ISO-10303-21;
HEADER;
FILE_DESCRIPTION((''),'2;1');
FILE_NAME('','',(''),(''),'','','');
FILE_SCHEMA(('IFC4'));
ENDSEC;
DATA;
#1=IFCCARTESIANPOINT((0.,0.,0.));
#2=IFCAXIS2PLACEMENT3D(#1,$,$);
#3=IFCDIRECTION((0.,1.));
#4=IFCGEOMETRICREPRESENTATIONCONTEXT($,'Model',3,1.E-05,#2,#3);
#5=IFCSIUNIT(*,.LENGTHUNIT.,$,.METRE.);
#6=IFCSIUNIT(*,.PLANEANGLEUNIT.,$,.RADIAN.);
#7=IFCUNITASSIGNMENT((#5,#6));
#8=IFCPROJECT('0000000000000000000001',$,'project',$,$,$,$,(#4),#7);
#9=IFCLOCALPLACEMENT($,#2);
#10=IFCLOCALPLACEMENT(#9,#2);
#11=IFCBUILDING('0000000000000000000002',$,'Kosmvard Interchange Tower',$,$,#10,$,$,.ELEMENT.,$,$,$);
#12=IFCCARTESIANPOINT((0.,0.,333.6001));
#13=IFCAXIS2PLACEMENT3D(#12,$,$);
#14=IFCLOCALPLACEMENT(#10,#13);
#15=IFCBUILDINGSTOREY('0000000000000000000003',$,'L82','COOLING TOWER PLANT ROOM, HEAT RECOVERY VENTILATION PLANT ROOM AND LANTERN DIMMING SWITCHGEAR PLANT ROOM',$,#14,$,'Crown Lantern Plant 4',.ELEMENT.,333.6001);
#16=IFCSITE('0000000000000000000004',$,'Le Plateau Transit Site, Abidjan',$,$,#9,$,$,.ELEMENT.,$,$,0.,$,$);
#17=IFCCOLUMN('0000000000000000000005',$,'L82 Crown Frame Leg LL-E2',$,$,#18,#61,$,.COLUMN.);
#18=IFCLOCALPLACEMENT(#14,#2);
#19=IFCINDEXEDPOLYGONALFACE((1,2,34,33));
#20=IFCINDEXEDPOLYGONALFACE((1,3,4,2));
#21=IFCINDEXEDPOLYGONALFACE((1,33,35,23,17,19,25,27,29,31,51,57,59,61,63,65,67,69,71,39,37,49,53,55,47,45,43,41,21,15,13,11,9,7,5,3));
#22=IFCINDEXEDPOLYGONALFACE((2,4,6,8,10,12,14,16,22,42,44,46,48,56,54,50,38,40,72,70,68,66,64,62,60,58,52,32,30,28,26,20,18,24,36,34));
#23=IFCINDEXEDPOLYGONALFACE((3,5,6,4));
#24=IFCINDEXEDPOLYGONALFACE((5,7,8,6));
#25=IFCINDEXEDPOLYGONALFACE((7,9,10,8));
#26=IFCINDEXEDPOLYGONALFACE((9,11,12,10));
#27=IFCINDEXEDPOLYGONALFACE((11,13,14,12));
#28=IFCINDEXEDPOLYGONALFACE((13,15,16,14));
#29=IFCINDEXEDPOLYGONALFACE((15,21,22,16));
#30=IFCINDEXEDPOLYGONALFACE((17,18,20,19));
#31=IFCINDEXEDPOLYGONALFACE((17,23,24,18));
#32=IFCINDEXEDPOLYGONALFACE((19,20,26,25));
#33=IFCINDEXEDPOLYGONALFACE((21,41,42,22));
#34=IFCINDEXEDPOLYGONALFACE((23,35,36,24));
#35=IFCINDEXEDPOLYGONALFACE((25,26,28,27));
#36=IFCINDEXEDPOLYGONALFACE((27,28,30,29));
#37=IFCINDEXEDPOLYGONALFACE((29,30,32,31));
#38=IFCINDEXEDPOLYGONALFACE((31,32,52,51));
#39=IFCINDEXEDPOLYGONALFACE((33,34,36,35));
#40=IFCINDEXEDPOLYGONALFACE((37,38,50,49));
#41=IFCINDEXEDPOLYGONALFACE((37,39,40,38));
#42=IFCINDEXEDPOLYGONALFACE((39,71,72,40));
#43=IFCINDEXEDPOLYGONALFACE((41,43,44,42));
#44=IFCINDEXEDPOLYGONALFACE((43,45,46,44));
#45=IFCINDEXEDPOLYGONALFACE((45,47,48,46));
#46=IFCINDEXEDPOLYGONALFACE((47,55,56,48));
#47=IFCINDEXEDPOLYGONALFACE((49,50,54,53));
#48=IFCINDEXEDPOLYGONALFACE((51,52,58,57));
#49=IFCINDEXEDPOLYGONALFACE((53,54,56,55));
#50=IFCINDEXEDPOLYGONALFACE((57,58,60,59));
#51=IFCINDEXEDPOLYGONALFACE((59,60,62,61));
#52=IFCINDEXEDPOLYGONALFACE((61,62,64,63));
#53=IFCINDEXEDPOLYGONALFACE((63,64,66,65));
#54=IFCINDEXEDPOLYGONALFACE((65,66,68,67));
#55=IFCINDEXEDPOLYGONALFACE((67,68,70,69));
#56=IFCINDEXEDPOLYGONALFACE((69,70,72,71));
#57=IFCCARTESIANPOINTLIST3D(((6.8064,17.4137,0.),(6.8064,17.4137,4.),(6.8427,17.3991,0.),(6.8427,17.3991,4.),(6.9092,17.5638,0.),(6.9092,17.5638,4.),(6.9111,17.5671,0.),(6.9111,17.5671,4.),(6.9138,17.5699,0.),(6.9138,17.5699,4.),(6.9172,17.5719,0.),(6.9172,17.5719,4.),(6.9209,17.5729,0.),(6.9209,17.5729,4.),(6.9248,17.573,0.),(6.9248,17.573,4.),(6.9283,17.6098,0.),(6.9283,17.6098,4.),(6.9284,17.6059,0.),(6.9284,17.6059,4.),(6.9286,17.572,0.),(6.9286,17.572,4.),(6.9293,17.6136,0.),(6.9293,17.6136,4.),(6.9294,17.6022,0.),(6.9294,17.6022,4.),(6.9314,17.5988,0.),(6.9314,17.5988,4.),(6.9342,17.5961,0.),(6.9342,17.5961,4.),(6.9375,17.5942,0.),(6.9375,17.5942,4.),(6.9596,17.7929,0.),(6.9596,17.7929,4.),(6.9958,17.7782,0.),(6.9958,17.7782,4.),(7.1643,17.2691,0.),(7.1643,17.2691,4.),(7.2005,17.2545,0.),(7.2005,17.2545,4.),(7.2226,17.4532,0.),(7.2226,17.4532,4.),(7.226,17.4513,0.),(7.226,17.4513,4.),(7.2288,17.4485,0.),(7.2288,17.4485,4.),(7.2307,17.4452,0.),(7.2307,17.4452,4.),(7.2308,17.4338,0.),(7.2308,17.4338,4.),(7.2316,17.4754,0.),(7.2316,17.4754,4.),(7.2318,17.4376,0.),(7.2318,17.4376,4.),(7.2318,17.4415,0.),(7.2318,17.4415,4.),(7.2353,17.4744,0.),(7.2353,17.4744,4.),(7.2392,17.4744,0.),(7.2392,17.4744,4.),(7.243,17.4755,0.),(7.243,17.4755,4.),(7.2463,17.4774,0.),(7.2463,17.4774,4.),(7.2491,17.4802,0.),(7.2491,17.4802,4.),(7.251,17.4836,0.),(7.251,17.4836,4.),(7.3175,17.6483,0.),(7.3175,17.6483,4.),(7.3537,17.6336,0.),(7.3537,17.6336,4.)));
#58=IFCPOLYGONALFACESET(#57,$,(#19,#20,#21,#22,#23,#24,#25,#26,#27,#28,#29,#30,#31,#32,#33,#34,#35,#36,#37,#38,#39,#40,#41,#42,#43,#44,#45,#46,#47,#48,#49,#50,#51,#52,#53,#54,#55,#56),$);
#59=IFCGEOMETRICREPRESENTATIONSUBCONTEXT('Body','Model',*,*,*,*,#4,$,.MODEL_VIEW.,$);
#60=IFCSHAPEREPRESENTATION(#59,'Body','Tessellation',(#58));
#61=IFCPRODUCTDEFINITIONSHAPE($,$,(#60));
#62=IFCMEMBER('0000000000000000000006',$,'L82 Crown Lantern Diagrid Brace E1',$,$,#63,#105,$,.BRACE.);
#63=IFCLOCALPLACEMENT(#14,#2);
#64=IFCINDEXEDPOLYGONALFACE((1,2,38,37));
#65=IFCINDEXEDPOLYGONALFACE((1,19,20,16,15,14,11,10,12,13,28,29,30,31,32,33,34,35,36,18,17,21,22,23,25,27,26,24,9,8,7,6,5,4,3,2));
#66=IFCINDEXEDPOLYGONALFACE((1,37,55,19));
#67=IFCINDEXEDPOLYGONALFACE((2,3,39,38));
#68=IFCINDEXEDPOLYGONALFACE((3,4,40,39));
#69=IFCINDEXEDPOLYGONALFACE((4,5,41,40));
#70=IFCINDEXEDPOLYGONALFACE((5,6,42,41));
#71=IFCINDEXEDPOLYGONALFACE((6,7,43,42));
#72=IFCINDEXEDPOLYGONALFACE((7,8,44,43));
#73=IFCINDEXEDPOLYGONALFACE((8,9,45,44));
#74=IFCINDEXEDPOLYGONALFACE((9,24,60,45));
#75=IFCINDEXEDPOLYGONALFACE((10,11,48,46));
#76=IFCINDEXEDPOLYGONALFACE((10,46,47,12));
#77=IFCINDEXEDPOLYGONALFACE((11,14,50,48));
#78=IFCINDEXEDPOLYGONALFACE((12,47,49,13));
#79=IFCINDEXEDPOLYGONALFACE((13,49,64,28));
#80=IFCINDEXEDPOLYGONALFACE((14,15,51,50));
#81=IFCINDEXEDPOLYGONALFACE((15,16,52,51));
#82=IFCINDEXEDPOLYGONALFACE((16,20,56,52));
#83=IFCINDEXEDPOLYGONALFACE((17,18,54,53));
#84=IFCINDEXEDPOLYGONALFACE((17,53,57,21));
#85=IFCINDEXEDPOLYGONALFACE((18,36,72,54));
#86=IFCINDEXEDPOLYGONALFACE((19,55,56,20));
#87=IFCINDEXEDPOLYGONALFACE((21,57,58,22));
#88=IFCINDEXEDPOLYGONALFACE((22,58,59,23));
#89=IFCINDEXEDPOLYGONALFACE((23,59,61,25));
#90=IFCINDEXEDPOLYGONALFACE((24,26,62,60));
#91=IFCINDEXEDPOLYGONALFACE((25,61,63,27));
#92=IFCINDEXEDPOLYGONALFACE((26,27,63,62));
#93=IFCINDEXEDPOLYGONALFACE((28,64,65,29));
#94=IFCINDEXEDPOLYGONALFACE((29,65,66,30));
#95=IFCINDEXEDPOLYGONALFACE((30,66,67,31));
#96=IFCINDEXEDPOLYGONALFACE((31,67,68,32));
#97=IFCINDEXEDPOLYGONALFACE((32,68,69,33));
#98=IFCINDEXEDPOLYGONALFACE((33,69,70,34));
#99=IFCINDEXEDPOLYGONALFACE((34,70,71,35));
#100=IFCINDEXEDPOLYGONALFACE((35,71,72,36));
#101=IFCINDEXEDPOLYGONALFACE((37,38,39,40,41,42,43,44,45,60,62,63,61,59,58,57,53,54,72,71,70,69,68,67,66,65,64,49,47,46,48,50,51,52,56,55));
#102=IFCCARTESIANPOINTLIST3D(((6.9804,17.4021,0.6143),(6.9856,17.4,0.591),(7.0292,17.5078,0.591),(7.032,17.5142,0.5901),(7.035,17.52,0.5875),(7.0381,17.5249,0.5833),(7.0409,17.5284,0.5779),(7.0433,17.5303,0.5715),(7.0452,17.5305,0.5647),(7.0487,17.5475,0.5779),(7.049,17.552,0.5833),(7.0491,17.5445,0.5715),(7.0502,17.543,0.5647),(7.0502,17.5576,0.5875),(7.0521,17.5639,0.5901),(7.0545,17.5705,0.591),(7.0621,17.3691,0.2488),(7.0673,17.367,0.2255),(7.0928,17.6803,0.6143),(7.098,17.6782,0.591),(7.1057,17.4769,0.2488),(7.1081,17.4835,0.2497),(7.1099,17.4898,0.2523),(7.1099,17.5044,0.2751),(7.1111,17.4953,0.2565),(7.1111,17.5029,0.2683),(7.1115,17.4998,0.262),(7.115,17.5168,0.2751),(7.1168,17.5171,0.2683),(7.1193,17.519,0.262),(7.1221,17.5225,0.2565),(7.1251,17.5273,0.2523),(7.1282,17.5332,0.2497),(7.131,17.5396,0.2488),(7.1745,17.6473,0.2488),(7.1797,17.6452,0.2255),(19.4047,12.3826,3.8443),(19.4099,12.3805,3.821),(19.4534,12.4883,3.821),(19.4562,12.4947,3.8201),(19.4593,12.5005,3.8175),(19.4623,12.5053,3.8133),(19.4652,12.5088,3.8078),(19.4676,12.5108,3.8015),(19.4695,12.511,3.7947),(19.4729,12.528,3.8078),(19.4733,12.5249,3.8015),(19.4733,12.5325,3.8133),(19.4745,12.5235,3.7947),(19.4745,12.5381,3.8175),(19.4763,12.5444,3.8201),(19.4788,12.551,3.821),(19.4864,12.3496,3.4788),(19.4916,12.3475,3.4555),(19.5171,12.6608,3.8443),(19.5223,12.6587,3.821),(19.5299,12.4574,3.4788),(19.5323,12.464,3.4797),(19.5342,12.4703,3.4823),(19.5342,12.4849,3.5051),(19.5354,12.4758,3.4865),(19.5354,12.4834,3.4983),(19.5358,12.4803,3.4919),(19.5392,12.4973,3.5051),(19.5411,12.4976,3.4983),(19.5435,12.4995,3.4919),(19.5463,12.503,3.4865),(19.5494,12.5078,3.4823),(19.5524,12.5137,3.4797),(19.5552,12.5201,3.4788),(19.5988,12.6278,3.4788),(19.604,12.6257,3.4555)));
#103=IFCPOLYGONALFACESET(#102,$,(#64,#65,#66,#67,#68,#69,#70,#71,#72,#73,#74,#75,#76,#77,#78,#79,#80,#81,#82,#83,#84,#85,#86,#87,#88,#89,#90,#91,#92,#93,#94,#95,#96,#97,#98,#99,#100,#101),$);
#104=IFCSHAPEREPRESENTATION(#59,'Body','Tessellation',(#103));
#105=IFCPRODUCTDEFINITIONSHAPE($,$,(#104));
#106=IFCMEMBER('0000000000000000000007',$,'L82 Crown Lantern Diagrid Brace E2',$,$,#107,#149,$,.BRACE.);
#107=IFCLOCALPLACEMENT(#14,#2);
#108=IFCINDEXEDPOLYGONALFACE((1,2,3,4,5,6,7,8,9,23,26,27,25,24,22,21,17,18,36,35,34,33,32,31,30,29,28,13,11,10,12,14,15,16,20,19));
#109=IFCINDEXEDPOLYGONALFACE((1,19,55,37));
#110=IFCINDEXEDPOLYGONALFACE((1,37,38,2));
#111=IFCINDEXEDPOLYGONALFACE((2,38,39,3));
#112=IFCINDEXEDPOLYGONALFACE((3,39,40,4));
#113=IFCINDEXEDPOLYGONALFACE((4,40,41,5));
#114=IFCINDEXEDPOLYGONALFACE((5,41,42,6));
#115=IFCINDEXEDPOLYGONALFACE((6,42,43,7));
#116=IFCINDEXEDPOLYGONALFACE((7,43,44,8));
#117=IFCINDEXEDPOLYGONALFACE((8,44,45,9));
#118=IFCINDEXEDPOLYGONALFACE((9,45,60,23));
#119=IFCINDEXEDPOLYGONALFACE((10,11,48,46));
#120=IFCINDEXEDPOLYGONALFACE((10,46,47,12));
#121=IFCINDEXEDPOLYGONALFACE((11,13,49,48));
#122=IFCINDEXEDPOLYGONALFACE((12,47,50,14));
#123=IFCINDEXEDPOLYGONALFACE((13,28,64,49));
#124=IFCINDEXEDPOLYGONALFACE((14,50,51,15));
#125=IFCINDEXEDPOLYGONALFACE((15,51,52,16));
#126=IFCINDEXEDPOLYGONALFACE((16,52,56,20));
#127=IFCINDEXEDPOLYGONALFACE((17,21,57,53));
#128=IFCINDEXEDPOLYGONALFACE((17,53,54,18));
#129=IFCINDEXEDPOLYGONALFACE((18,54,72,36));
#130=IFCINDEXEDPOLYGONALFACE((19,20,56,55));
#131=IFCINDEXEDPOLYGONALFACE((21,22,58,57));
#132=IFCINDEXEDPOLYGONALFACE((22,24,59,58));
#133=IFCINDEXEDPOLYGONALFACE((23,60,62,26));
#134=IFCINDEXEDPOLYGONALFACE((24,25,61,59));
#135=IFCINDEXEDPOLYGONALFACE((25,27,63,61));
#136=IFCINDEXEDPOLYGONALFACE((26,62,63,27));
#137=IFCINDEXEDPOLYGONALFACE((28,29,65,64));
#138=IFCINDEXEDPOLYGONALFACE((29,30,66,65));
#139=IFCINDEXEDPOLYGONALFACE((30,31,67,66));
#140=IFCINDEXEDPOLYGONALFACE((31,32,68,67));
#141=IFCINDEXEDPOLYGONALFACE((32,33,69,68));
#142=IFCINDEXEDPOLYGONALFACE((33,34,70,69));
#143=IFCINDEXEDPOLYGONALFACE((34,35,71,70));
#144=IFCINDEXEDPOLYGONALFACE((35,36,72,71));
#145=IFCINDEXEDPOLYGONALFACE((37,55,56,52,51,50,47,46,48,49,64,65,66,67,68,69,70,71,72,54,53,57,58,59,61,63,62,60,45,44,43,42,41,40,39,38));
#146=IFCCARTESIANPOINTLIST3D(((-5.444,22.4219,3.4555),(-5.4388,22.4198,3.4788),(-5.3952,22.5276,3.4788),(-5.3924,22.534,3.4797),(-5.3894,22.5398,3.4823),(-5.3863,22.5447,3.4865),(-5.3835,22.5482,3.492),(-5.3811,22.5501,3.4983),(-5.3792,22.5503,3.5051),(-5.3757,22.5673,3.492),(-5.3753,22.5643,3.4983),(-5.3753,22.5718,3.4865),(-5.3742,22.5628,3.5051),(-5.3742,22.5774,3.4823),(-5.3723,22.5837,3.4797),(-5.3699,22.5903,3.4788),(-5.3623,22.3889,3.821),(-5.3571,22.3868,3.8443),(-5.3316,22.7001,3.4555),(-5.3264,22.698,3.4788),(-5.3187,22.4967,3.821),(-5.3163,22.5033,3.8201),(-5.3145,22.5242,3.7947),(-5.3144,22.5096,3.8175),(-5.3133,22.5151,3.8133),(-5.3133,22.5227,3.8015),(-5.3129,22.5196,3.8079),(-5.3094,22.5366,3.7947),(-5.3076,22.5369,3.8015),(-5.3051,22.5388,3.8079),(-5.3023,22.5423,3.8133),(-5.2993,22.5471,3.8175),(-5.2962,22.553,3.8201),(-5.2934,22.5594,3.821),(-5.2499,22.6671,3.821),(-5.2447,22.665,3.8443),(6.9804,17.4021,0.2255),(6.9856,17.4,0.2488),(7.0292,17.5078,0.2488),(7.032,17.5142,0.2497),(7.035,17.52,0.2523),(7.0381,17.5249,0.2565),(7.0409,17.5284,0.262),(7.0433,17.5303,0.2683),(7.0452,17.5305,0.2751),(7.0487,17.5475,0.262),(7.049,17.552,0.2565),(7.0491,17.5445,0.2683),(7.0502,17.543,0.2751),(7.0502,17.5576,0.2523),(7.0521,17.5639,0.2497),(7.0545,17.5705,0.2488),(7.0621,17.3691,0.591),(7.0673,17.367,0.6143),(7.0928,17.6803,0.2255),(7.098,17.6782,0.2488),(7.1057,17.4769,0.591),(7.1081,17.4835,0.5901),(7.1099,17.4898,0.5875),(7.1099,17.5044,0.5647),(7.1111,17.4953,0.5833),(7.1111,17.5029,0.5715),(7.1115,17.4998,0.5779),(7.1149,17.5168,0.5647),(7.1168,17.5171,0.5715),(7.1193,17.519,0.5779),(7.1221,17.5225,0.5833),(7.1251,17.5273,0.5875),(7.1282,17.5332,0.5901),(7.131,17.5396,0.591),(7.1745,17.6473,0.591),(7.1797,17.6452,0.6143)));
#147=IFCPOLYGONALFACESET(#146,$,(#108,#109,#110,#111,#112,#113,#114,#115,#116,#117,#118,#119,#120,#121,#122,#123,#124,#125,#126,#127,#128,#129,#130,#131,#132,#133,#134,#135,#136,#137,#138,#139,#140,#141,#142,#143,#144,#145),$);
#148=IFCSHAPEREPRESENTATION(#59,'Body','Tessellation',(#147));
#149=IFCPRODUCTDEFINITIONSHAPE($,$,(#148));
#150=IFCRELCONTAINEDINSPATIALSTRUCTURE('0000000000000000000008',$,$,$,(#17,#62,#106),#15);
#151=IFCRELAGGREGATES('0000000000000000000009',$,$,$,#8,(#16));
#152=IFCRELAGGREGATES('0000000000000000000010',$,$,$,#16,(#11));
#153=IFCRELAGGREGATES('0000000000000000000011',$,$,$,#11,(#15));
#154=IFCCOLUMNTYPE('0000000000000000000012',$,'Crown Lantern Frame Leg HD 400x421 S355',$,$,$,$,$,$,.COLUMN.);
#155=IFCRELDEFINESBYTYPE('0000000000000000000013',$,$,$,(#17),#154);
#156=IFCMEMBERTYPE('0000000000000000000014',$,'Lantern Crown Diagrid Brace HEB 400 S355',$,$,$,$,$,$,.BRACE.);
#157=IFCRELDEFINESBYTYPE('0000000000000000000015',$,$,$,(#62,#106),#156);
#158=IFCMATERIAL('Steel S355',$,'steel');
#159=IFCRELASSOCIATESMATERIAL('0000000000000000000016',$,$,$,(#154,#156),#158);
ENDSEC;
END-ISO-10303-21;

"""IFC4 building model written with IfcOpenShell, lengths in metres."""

from ifc_helpers import new_model, si_unit, direction, frame, origin, origin_2d, place, context, subcontext, project, spatial, i_section, extrude, source, transform, mapped, material, material_profile, profile_set, type_object, element, save


model = new_model("IFC4")

# Units and contexts
model_context = context("Model", 3, precision=1e-05, world=origin(), true_north=direction((0.0, 1.0)))
body_context = subcontext(model_context, "Body", "Model", "MODEL_VIEW")
ifc_project = project(units=[si_unit("LENGTHUNIT", "METRE"), si_unit("PLANEANGLEUNIT", "RADIAN")], contexts=[model_context])

# Site, building, storey
site_placement = place(None, origin())
site = spatial("IfcSite", under=ifc_project, at=site_placement, Name="Le Plateau Transit Site, Abidjan", CompositionType="ELEMENT", RefElevation=0.0)
building_placement = place(site_placement, origin())
building = spatial("IfcBuilding", under=site, at=building_placement, Name="Kosmvard Interchange Tower", CompositionType="ELEMENT")
storey_placement = place(building_placement, frame((0.0, 0.0, 333.6001)))
storey = spatial("IfcBuildingStorey", under=building, at=storey_placement, Name="L82", Description="COOLING TOWER PLANT ROOM, HEAT RECOVERY VENTILATION PLANT ROOM AND LANTERN DIMMING SWITCHGEAR PLANT ROOM", LongName="Crown Lantern Plant 4", CompositionType="ELEMENT", Elevation=333.6001)

# Column
ifc_material_1 = material(Name="Steel S355", Category="steel")
ifc_material_profile_1 = material_profile(ifc_material_1, i_section(OverallWidth=0.4089, OverallDepth=0.425, WebThickness=0.0239, FlangeThickness=0.0391, FilletRadius=0.0149, at=origin_2d()), Name="HD 400x421")
ifc_profile_set_1 = profile_set([ifc_material_profile_1], Name="Steel S355")
column_type = type_object("IfcColumnType", Name="Crown Lantern Frame Leg HD 400x421 S355", PredefinedType="COLUMN", material=ifc_profile_set_1)
shared_shape_1 = source(origin(), body_context, "Body", "SweptSolid", [
    extrude(i_section(OverallWidth=0.4089, OverallDepth=0.425, WebThickness=0.0239, FlangeThickness=0.0391, FilletRadius=0.0149, at=origin_2d()), origin(), (0.0, 0.0, 1.0), 4.0),
])
column_placement = place(storey_placement, frame((7.0801, 17.5237, 0.0), z_axis=(0.0, 0.0, 1.0), x_axis=(0.374607, 0.927184, 0.0)))
element("IfcColumn", 1, at=column_placement, inside=storey, type_object=column_type, Name="L82 Crown Frame Leg LL-E2", PredefinedType="COLUMN", context=body_context, shape_type="MappedRepresentation", body=[
    mapped(shared_shape_1, transform((0.0, 0.0, 0.0), scale=1.0)),
])

# Members
ifc_material_profile_2 = material_profile(ifc_material_1, i_section(OverallWidth=0.3, OverallDepth=0.3999, WebThickness=0.0134, FlangeThickness=0.0239, FilletRadius=0.0271, at=origin_2d()), Name="HEB 400")
ifc_profile_set_2 = profile_set([ifc_material_profile_2], Name="Steel S355")
member_type_1 = type_object("IfcMemberType", Name="Lantern Crown Diagrid Brace HEB 400 S355", PredefinedType="BRACE", material=ifc_profile_set_2)
shared_shape_2 = source(origin(), body_context, "Body", "SweptSolid", [
    extrude(i_section(OverallWidth=0.3, OverallDepth=0.3999, WebThickness=0.0134, FlangeThickness=0.0239, FilletRadius=0.0271, at=origin_2d()), origin(), (0.0, 0.0, 1.0), 13.7837),
])
member_1_placement = place(storey_placement, frame((7.0801, 17.5237, 0.4199), z_axis=(0.901373, -0.364163, 0.234332), x_axis=(0.374593, 0.92719, 0.0)))
element("IfcMember", 2, at=member_1_placement, inside=storey, type_object=member_type_1, Name="L82 Crown Lantern Diagrid Brace E1", PredefinedType="BRACE", context=body_context, shape_type="MappedRepresentation", body=[
    mapped(shared_shape_2, transform((0.0, 0.0, 0.0), scale=1.0)),
])
shared_shape_3 = source(origin(), body_context, "Body", "SweptSolid", [
    extrude(i_section(OverallWidth=0.3, OverallDepth=0.3999, WebThickness=0.0134, FlangeThickness=0.0239, FilletRadius=0.0271, at=origin_2d()), origin(), (0.0, 0.0, 1.0), 13.7839),
])
member_2_placement = place(storey_placement, frame((7.0801, 17.5237, 0.4199), z_axis=(-0.901368, 0.364178, 0.234331), x_axis=(-0.374608, -0.927183, 0.0)))
element("IfcMember", 3, at=member_2_placement, inside=storey, type_object=member_type_1, Name="L82 Crown Lantern Diagrid Brace E2", PredefinedType="BRACE", context=body_context, shape_type="MappedRepresentation", body=[
    mapped(shared_shape_3, transform((0.0, 0.0, 0.0), scale=1.0)),
])

save(model, "model.ifc")
